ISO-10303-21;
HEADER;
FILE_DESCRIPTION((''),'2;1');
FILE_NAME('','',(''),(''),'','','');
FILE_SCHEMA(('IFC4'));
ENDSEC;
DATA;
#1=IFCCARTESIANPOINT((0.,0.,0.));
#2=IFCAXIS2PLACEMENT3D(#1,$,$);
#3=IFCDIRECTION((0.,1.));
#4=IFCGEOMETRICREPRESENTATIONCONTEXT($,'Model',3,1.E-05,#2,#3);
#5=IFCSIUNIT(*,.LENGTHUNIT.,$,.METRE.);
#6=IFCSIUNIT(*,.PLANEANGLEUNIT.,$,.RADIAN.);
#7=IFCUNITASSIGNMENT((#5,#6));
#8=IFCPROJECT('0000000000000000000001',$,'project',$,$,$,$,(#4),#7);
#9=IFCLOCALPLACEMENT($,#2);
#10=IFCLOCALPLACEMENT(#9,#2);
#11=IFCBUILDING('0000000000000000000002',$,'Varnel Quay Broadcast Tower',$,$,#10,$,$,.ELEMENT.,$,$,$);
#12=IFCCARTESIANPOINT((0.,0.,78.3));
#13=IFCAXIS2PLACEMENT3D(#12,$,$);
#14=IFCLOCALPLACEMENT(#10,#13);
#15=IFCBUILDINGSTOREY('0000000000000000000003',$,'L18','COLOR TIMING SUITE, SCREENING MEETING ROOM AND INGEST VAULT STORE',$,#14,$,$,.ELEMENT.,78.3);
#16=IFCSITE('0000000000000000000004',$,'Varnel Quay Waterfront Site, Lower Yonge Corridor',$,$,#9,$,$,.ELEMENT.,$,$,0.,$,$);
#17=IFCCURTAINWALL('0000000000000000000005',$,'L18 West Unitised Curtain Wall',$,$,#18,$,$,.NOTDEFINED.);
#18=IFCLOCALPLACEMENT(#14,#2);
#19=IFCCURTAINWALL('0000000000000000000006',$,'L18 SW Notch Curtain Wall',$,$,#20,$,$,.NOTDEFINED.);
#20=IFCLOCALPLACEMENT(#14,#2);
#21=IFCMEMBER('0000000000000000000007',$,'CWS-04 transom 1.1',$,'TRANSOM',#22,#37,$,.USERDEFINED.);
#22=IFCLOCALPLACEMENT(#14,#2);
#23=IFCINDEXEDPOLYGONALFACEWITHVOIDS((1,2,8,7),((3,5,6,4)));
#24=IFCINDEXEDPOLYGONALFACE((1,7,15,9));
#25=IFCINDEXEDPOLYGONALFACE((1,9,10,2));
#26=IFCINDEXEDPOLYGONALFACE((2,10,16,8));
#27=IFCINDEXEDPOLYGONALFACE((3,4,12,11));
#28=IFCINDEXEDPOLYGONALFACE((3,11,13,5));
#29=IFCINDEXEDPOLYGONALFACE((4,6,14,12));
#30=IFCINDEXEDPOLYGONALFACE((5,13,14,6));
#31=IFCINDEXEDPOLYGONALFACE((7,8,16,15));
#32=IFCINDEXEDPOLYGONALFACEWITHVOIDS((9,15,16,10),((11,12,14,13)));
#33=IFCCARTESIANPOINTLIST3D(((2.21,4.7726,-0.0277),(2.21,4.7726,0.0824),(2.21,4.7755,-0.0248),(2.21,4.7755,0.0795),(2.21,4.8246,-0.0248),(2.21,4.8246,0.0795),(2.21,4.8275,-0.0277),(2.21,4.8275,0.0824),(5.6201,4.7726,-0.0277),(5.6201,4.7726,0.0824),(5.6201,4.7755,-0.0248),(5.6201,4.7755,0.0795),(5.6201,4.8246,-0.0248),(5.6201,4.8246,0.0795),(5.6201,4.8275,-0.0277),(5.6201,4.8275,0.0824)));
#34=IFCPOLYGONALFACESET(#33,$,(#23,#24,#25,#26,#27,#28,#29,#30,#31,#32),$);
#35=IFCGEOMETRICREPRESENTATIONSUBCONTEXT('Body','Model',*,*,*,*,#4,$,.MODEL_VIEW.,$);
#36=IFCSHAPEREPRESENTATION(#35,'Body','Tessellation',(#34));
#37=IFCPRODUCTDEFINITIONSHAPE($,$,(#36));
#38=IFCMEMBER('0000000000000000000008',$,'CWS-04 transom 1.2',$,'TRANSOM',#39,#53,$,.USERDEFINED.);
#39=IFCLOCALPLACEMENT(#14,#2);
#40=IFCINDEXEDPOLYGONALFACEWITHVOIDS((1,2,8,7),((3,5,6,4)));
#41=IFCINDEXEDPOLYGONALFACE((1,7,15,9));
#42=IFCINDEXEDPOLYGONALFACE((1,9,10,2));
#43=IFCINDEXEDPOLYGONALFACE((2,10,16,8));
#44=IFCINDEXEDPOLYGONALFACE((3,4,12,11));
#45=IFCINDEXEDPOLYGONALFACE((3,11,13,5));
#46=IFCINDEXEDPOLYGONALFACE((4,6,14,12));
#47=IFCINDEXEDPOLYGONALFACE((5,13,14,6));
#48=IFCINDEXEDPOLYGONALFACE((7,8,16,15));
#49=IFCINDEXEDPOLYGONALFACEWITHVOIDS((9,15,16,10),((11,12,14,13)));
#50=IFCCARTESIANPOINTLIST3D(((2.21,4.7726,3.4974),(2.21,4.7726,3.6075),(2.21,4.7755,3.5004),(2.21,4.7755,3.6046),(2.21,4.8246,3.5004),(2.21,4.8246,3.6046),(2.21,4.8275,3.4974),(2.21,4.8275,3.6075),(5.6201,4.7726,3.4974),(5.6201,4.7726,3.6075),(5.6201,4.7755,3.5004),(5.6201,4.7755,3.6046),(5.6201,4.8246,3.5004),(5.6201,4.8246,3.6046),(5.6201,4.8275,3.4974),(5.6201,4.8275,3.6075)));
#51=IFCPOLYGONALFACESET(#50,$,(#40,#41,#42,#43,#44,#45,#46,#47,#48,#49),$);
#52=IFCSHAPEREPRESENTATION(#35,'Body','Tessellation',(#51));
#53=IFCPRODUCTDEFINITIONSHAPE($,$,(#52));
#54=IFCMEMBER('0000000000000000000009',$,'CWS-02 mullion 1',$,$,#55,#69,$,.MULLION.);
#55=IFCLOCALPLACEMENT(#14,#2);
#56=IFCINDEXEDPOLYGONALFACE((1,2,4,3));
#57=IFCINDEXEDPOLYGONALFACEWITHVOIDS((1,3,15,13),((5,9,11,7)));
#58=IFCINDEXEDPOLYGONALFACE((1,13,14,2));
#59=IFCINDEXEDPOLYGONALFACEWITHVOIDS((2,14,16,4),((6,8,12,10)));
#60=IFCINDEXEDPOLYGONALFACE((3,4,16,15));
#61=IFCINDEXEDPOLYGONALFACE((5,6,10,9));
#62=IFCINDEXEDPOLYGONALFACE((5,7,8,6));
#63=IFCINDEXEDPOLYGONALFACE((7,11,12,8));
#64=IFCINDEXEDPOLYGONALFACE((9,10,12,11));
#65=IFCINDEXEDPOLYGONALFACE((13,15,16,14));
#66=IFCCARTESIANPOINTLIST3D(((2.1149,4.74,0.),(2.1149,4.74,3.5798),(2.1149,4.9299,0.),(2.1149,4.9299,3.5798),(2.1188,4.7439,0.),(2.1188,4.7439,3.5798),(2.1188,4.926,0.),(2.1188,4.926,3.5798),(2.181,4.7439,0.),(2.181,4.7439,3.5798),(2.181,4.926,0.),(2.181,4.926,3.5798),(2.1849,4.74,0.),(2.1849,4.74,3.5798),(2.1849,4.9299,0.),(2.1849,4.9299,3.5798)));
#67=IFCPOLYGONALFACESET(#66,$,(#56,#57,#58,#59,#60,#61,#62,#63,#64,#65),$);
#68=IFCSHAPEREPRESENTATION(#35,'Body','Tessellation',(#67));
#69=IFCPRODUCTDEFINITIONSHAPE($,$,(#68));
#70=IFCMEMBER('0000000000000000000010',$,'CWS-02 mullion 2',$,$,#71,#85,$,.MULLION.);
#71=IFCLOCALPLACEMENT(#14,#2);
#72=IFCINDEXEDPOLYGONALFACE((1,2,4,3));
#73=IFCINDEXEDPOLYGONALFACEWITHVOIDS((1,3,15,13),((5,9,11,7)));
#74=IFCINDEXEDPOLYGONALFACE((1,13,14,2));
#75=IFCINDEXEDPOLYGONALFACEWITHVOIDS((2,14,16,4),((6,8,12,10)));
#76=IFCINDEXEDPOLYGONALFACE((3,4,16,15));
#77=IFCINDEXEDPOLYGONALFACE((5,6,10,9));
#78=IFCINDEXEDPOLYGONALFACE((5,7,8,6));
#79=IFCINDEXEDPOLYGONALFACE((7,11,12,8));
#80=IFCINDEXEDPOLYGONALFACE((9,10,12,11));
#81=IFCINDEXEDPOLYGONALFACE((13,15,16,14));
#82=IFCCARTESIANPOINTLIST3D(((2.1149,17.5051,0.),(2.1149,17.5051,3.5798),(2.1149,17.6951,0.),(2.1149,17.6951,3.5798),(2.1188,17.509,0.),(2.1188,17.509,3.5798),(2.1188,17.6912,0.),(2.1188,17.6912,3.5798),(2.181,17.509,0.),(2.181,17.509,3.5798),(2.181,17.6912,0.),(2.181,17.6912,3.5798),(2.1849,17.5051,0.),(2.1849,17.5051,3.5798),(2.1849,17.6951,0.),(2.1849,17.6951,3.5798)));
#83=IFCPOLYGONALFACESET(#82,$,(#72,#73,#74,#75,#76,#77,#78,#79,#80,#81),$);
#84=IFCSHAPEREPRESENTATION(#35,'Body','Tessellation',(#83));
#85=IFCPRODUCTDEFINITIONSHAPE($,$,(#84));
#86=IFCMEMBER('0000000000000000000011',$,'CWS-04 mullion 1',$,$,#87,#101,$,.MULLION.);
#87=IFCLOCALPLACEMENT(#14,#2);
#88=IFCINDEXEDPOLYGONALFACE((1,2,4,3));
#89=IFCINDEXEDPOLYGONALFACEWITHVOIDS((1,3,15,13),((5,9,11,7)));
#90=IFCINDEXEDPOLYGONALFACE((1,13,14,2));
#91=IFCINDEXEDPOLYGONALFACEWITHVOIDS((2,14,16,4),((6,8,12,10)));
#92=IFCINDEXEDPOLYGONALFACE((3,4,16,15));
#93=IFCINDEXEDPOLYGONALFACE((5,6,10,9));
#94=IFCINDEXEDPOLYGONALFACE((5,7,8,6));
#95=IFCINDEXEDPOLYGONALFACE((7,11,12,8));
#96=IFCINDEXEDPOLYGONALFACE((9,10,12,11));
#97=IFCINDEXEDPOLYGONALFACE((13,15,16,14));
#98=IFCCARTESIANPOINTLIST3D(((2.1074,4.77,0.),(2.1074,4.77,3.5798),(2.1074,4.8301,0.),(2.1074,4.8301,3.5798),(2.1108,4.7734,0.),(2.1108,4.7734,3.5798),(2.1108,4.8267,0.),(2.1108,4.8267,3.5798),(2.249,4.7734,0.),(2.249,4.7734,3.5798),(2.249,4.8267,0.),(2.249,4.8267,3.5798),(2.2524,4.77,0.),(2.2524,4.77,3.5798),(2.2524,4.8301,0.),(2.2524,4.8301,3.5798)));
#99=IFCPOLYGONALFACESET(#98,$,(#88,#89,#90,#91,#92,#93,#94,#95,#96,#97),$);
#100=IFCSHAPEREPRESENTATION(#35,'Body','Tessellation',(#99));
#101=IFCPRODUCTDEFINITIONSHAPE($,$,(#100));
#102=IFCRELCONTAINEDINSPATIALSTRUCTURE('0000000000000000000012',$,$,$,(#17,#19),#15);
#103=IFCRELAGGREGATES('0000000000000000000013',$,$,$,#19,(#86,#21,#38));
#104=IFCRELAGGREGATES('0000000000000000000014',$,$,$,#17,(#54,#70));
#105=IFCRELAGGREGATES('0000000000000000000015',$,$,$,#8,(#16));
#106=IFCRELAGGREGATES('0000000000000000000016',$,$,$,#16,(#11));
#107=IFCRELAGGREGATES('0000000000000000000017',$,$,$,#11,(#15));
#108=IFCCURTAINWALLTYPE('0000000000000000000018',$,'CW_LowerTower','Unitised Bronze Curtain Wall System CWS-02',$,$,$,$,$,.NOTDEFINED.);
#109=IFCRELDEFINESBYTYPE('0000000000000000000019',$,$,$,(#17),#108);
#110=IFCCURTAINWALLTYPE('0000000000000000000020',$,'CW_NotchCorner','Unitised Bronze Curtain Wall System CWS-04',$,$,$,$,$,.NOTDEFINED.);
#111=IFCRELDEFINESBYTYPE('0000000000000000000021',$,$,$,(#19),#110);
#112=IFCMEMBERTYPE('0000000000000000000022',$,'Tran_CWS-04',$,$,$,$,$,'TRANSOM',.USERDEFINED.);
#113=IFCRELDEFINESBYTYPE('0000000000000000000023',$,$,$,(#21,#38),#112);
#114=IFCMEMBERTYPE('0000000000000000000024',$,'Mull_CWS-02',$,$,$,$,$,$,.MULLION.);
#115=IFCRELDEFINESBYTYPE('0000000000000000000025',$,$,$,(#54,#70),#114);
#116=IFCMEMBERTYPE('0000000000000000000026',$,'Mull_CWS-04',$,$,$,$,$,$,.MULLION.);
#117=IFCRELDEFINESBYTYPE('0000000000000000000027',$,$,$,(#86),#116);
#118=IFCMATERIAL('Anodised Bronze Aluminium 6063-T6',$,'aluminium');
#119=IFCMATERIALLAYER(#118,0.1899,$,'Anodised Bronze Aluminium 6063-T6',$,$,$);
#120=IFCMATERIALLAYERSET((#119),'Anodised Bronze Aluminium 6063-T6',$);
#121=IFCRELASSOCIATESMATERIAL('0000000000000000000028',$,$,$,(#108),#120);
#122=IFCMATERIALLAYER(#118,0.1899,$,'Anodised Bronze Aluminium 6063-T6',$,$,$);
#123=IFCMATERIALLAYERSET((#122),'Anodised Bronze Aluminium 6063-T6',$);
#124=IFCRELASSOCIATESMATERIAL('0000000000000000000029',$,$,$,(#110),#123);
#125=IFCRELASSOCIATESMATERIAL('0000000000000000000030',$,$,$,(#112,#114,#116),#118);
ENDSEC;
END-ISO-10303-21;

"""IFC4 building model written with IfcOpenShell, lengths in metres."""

from ifc_helpers import new_model, si_unit, direction, frame, origin, origin_2d, place, context, subcontext, project, spatial, hollow_rectangle, extrude, source, transform, mapped, material, layer, layer_set, material_profile, profile_set, type_object, type_shapes, element, aggregate, save


model = new_model("IFC4")

# Units and contexts
model_context = context("Model", 3, precision=1e-05, world=origin(), true_north=direction((0.0, 1.0)))
body_context = subcontext(model_context, "Body", "Model", "MODEL_VIEW")
ifc_project = project(units=[si_unit("LENGTHUNIT", "METRE"), si_unit("PLANEANGLEUNIT", "RADIAN")], contexts=[model_context])

# Site, building, storey
site_placement = place(None, origin())
site = spatial("IfcSite", under=ifc_project, at=site_placement, Name="Varnel Quay Waterfront Site, Lower Yonge Corridor", CompositionType="ELEMENT", RefElevation=0.0)
building_placement = place(site_placement, origin())
building = spatial("IfcBuilding", under=site, at=building_placement, Name="Varnel Quay Broadcast Tower", CompositionType="ELEMENT")
storey_placement = place(building_placement, frame((0.0, 0.0, 78.3)))
storey = spatial("IfcBuildingStorey", under=building, at=storey_placement, Name="L18", Description="COLOR TIMING SUITE, SCREENING MEETING ROOM AND INGEST VAULT STORE", CompositionType="ELEMENT", Elevation=78.3)

# Curtain walls, members
ifc_material_1 = material(Name="Anodised Bronze Aluminium 6063-T6", Category="aluminium")
ifc_layer_1 = layer(ifc_material_1, 0.1899, Name="Anodised Bronze Aluminium 6063-T6")
ifc_layer_set_1 = layer_set([ifc_layer_1], Name="Anodised Bronze Aluminium 6063-T6")
curtain_wall_type_1 = type_object("IfcCurtainWallType", Name="CW_LowerTower", Description="Unitised Bronze Curtain Wall System CWS-02", PredefinedType="NOTDEFINED", material=ifc_layer_set_1)
curtain_wall_1_placement = place(storey_placement, origin())
curtain_wall_1 = element("IfcCurtainWall", 1, at=curtain_wall_1_placement, inside=storey, type_object=curtain_wall_type_1, Name="L18 West Unitised Curtain Wall", PredefinedType="NOTDEFINED")
ifc_layer_2 = layer(ifc_material_1, 0.1899, Name="Anodised Bronze Aluminium 6063-T6")
ifc_layer_set_2 = layer_set([ifc_layer_2], Name="Anodised Bronze Aluminium 6063-T6")
curtain_wall_type_2 = type_object("IfcCurtainWallType", Name="CW_NotchCorner", Description="Unitised Bronze Curtain Wall System CWS-04", PredefinedType="NOTDEFINED", material=ifc_layer_set_2)
curtain_wall_2_placement = place(storey_placement, origin())
curtain_wall_2 = element("IfcCurtainWall", 2, at=curtain_wall_2_placement, inside=storey, type_object=curtain_wall_type_2, Name="L18 SW Notch Curtain Wall", PredefinedType="NOTDEFINED")
ifc_material_profile_1 = material_profile(ifc_material_1, hollow_rectangle(XDim=0.0549, YDim=0.1101, WallThickness=0.0029, at=origin_2d()), Name="ALU55X110X3")
ifc_profile_set_1 = profile_set([ifc_material_profile_1], Name="Anodised Bronze Aluminium 6063-T6")
member_type_1 = type_object("IfcMemberType", Name="Tran_CWS-04", ElementType="TRANSOM", PredefinedType="USERDEFINED", material=ifc_profile_set_1)
shared_shape_1 = source(origin(), body_context, "Body", "SweptSolid", [
    extrude(hollow_rectangle(XDim=0.0549, YDim=0.1101, WallThickness=0.0029, at=origin_2d()), origin(), (0.0, 0.0, 1.0), 3.4102),
])
type_shapes(member_type_1, [shared_shape_1])
member_1_placement = place(storey_placement, frame((2.21, 4.8, 0.0273), z_axis=(1.0, 0.0, 0.0), x_axis=(0.0, 1.0, 0.0)))
member_1 = element("IfcMember", 3, at=member_1_placement, type_object=member_type_1, Name="CWS-04 transom 1.1", ObjectType="TRANSOM", PredefinedType="USERDEFINED", context=body_context, shape_type="MappedRepresentation", body=[
    mapped(shared_shape_1, transform((0.0, 0.0, 0.0), x_axis=(1.0, 0.0, 0.0), y_axis=(0.0, 1.0, 0.0), z_axis=(0.0, 0.0, 1.0), scale=1.0)),
])
member_2_placement = place(storey_placement, frame((2.21, 4.8, 3.5525), z_axis=(1.0, 0.0, 0.0), x_axis=(0.0, 1.0, 0.0)))
member_2 = element("IfcMember", 4, at=member_2_placement, type_object=member_type_1, Name="CWS-04 transom 1.2", ObjectType="TRANSOM", PredefinedType="USERDEFINED", context=body_context, shape_type="MappedRepresentation", body=[
    mapped(shared_shape_1, transform((0.0, 0.0, 0.0), x_axis=(1.0, 0.0, 0.0), y_axis=(0.0, 1.0, 0.0), z_axis=(0.0, 0.0, 1.0), scale=1.0)),
])

# Members
ifc_material_profile_2 = material_profile(ifc_material_1, hollow_rectangle(XDim=0.0701, YDim=0.1899, WallThickness=0.0039, at=origin_2d()), Name="ALU70X190X4")
ifc_profile_set_2 = profile_set([ifc_material_profile_2], Name="Anodised Bronze Aluminium 6063-T6")
member_type_2 = type_object("IfcMemberType", Name="Mull_CWS-02", PredefinedType="MULLION", material=ifc_profile_set_2)
shared_shape_2 = source(origin(), body_context, "Body", "SweptSolid", [
    extrude(hollow_rectangle(XDim=0.0701, YDim=0.1899, WallThickness=0.0039, at=origin_2d()), origin(), (0.0, 0.0, 1.0), 3.5798),
])
type_shapes(member_type_2, [shared_shape_2])
member_3_placement = place(storey_placement, frame((2.1499, 4.835, 0.0), z_axis=(0.0, 0.0, 1.0), x_axis=(-1.0, 0.0, 0.0)))
member_3 = element("IfcMember", 5, at=member_3_placement, type_object=member_type_2, Name="CWS-02 mullion 1", PredefinedType="MULLION", context=body_context, shape_type="MappedRepresentation", body=[
    mapped(shared_shape_2, transform((0.0, 0.0, 0.0), x_axis=(1.0, 0.0, 0.0), y_axis=(0.0, 1.0, 0.0), z_axis=(0.0, 0.0, 1.0), scale=1.0)),
])
member_4_placement = place(storey_placement, frame((2.1499, 17.6001, 0.0), z_axis=(0.0, 0.0, 1.0), x_axis=(-1.0, 0.0, 0.0)))
member_4 = element("IfcMember", 6, at=member_4_placement, type_object=member_type_2, Name="CWS-02 mullion 2", PredefinedType="MULLION", context=body_context, shape_type="MappedRepresentation", body=[
    mapped(shared_shape_2, transform((0.0, 0.0, 0.0), x_axis=(1.0, 0.0, 0.0), y_axis=(0.0, 1.0, 0.0), z_axis=(0.0, 0.0, 1.0), scale=1.0)),
])
ifc_material_profile_3 = material_profile(ifc_material_1, hollow_rectangle(XDim=0.0601, YDim=0.145, WallThickness=0.0034, at=origin_2d()), Name="ALU60X145X3.5")
ifc_profile_set_3 = profile_set([ifc_material_profile_3], Name="Anodised Bronze Aluminium 6063-T6")
member_type_3 = type_object("IfcMemberType", Name="Mull_CWS-04", PredefinedType="MULLION", material=ifc_profile_set_3)
shared_shape_3 = source(origin(), body_context, "Body", "SweptSolid", [
    extrude(hollow_rectangle(XDim=0.0601, YDim=0.145, WallThickness=0.0034, at=origin_2d()), origin(), (0.0, 0.0, 1.0), 3.5798),
])
type_shapes(member_type_3, [shared_shape_3])
member_5_placement = place(storey_placement, frame((2.1799, 4.8, 0.0), z_axis=(0.0, 0.0, 1.0), x_axis=(0.0, 1.0, 0.0)))
member_5 = element("IfcMember", 7, at=member_5_placement, type_object=member_type_3, Name="CWS-04 mullion 1", PredefinedType="MULLION", context=body_context, shape_type="MappedRepresentation", body=[
    mapped(shared_shape_3, transform((0.0, 0.0, 0.0), x_axis=(1.0, 0.0, 0.0), y_axis=(0.0, 1.0, 0.0), z_axis=(0.0, 0.0, 1.0), scale=1.0)),
])
aggregate(curtain_wall_2, [member_5, member_1, member_2])

aggregate(curtain_wall_1, [member_3, member_4])

save(model, "model.ifc")
